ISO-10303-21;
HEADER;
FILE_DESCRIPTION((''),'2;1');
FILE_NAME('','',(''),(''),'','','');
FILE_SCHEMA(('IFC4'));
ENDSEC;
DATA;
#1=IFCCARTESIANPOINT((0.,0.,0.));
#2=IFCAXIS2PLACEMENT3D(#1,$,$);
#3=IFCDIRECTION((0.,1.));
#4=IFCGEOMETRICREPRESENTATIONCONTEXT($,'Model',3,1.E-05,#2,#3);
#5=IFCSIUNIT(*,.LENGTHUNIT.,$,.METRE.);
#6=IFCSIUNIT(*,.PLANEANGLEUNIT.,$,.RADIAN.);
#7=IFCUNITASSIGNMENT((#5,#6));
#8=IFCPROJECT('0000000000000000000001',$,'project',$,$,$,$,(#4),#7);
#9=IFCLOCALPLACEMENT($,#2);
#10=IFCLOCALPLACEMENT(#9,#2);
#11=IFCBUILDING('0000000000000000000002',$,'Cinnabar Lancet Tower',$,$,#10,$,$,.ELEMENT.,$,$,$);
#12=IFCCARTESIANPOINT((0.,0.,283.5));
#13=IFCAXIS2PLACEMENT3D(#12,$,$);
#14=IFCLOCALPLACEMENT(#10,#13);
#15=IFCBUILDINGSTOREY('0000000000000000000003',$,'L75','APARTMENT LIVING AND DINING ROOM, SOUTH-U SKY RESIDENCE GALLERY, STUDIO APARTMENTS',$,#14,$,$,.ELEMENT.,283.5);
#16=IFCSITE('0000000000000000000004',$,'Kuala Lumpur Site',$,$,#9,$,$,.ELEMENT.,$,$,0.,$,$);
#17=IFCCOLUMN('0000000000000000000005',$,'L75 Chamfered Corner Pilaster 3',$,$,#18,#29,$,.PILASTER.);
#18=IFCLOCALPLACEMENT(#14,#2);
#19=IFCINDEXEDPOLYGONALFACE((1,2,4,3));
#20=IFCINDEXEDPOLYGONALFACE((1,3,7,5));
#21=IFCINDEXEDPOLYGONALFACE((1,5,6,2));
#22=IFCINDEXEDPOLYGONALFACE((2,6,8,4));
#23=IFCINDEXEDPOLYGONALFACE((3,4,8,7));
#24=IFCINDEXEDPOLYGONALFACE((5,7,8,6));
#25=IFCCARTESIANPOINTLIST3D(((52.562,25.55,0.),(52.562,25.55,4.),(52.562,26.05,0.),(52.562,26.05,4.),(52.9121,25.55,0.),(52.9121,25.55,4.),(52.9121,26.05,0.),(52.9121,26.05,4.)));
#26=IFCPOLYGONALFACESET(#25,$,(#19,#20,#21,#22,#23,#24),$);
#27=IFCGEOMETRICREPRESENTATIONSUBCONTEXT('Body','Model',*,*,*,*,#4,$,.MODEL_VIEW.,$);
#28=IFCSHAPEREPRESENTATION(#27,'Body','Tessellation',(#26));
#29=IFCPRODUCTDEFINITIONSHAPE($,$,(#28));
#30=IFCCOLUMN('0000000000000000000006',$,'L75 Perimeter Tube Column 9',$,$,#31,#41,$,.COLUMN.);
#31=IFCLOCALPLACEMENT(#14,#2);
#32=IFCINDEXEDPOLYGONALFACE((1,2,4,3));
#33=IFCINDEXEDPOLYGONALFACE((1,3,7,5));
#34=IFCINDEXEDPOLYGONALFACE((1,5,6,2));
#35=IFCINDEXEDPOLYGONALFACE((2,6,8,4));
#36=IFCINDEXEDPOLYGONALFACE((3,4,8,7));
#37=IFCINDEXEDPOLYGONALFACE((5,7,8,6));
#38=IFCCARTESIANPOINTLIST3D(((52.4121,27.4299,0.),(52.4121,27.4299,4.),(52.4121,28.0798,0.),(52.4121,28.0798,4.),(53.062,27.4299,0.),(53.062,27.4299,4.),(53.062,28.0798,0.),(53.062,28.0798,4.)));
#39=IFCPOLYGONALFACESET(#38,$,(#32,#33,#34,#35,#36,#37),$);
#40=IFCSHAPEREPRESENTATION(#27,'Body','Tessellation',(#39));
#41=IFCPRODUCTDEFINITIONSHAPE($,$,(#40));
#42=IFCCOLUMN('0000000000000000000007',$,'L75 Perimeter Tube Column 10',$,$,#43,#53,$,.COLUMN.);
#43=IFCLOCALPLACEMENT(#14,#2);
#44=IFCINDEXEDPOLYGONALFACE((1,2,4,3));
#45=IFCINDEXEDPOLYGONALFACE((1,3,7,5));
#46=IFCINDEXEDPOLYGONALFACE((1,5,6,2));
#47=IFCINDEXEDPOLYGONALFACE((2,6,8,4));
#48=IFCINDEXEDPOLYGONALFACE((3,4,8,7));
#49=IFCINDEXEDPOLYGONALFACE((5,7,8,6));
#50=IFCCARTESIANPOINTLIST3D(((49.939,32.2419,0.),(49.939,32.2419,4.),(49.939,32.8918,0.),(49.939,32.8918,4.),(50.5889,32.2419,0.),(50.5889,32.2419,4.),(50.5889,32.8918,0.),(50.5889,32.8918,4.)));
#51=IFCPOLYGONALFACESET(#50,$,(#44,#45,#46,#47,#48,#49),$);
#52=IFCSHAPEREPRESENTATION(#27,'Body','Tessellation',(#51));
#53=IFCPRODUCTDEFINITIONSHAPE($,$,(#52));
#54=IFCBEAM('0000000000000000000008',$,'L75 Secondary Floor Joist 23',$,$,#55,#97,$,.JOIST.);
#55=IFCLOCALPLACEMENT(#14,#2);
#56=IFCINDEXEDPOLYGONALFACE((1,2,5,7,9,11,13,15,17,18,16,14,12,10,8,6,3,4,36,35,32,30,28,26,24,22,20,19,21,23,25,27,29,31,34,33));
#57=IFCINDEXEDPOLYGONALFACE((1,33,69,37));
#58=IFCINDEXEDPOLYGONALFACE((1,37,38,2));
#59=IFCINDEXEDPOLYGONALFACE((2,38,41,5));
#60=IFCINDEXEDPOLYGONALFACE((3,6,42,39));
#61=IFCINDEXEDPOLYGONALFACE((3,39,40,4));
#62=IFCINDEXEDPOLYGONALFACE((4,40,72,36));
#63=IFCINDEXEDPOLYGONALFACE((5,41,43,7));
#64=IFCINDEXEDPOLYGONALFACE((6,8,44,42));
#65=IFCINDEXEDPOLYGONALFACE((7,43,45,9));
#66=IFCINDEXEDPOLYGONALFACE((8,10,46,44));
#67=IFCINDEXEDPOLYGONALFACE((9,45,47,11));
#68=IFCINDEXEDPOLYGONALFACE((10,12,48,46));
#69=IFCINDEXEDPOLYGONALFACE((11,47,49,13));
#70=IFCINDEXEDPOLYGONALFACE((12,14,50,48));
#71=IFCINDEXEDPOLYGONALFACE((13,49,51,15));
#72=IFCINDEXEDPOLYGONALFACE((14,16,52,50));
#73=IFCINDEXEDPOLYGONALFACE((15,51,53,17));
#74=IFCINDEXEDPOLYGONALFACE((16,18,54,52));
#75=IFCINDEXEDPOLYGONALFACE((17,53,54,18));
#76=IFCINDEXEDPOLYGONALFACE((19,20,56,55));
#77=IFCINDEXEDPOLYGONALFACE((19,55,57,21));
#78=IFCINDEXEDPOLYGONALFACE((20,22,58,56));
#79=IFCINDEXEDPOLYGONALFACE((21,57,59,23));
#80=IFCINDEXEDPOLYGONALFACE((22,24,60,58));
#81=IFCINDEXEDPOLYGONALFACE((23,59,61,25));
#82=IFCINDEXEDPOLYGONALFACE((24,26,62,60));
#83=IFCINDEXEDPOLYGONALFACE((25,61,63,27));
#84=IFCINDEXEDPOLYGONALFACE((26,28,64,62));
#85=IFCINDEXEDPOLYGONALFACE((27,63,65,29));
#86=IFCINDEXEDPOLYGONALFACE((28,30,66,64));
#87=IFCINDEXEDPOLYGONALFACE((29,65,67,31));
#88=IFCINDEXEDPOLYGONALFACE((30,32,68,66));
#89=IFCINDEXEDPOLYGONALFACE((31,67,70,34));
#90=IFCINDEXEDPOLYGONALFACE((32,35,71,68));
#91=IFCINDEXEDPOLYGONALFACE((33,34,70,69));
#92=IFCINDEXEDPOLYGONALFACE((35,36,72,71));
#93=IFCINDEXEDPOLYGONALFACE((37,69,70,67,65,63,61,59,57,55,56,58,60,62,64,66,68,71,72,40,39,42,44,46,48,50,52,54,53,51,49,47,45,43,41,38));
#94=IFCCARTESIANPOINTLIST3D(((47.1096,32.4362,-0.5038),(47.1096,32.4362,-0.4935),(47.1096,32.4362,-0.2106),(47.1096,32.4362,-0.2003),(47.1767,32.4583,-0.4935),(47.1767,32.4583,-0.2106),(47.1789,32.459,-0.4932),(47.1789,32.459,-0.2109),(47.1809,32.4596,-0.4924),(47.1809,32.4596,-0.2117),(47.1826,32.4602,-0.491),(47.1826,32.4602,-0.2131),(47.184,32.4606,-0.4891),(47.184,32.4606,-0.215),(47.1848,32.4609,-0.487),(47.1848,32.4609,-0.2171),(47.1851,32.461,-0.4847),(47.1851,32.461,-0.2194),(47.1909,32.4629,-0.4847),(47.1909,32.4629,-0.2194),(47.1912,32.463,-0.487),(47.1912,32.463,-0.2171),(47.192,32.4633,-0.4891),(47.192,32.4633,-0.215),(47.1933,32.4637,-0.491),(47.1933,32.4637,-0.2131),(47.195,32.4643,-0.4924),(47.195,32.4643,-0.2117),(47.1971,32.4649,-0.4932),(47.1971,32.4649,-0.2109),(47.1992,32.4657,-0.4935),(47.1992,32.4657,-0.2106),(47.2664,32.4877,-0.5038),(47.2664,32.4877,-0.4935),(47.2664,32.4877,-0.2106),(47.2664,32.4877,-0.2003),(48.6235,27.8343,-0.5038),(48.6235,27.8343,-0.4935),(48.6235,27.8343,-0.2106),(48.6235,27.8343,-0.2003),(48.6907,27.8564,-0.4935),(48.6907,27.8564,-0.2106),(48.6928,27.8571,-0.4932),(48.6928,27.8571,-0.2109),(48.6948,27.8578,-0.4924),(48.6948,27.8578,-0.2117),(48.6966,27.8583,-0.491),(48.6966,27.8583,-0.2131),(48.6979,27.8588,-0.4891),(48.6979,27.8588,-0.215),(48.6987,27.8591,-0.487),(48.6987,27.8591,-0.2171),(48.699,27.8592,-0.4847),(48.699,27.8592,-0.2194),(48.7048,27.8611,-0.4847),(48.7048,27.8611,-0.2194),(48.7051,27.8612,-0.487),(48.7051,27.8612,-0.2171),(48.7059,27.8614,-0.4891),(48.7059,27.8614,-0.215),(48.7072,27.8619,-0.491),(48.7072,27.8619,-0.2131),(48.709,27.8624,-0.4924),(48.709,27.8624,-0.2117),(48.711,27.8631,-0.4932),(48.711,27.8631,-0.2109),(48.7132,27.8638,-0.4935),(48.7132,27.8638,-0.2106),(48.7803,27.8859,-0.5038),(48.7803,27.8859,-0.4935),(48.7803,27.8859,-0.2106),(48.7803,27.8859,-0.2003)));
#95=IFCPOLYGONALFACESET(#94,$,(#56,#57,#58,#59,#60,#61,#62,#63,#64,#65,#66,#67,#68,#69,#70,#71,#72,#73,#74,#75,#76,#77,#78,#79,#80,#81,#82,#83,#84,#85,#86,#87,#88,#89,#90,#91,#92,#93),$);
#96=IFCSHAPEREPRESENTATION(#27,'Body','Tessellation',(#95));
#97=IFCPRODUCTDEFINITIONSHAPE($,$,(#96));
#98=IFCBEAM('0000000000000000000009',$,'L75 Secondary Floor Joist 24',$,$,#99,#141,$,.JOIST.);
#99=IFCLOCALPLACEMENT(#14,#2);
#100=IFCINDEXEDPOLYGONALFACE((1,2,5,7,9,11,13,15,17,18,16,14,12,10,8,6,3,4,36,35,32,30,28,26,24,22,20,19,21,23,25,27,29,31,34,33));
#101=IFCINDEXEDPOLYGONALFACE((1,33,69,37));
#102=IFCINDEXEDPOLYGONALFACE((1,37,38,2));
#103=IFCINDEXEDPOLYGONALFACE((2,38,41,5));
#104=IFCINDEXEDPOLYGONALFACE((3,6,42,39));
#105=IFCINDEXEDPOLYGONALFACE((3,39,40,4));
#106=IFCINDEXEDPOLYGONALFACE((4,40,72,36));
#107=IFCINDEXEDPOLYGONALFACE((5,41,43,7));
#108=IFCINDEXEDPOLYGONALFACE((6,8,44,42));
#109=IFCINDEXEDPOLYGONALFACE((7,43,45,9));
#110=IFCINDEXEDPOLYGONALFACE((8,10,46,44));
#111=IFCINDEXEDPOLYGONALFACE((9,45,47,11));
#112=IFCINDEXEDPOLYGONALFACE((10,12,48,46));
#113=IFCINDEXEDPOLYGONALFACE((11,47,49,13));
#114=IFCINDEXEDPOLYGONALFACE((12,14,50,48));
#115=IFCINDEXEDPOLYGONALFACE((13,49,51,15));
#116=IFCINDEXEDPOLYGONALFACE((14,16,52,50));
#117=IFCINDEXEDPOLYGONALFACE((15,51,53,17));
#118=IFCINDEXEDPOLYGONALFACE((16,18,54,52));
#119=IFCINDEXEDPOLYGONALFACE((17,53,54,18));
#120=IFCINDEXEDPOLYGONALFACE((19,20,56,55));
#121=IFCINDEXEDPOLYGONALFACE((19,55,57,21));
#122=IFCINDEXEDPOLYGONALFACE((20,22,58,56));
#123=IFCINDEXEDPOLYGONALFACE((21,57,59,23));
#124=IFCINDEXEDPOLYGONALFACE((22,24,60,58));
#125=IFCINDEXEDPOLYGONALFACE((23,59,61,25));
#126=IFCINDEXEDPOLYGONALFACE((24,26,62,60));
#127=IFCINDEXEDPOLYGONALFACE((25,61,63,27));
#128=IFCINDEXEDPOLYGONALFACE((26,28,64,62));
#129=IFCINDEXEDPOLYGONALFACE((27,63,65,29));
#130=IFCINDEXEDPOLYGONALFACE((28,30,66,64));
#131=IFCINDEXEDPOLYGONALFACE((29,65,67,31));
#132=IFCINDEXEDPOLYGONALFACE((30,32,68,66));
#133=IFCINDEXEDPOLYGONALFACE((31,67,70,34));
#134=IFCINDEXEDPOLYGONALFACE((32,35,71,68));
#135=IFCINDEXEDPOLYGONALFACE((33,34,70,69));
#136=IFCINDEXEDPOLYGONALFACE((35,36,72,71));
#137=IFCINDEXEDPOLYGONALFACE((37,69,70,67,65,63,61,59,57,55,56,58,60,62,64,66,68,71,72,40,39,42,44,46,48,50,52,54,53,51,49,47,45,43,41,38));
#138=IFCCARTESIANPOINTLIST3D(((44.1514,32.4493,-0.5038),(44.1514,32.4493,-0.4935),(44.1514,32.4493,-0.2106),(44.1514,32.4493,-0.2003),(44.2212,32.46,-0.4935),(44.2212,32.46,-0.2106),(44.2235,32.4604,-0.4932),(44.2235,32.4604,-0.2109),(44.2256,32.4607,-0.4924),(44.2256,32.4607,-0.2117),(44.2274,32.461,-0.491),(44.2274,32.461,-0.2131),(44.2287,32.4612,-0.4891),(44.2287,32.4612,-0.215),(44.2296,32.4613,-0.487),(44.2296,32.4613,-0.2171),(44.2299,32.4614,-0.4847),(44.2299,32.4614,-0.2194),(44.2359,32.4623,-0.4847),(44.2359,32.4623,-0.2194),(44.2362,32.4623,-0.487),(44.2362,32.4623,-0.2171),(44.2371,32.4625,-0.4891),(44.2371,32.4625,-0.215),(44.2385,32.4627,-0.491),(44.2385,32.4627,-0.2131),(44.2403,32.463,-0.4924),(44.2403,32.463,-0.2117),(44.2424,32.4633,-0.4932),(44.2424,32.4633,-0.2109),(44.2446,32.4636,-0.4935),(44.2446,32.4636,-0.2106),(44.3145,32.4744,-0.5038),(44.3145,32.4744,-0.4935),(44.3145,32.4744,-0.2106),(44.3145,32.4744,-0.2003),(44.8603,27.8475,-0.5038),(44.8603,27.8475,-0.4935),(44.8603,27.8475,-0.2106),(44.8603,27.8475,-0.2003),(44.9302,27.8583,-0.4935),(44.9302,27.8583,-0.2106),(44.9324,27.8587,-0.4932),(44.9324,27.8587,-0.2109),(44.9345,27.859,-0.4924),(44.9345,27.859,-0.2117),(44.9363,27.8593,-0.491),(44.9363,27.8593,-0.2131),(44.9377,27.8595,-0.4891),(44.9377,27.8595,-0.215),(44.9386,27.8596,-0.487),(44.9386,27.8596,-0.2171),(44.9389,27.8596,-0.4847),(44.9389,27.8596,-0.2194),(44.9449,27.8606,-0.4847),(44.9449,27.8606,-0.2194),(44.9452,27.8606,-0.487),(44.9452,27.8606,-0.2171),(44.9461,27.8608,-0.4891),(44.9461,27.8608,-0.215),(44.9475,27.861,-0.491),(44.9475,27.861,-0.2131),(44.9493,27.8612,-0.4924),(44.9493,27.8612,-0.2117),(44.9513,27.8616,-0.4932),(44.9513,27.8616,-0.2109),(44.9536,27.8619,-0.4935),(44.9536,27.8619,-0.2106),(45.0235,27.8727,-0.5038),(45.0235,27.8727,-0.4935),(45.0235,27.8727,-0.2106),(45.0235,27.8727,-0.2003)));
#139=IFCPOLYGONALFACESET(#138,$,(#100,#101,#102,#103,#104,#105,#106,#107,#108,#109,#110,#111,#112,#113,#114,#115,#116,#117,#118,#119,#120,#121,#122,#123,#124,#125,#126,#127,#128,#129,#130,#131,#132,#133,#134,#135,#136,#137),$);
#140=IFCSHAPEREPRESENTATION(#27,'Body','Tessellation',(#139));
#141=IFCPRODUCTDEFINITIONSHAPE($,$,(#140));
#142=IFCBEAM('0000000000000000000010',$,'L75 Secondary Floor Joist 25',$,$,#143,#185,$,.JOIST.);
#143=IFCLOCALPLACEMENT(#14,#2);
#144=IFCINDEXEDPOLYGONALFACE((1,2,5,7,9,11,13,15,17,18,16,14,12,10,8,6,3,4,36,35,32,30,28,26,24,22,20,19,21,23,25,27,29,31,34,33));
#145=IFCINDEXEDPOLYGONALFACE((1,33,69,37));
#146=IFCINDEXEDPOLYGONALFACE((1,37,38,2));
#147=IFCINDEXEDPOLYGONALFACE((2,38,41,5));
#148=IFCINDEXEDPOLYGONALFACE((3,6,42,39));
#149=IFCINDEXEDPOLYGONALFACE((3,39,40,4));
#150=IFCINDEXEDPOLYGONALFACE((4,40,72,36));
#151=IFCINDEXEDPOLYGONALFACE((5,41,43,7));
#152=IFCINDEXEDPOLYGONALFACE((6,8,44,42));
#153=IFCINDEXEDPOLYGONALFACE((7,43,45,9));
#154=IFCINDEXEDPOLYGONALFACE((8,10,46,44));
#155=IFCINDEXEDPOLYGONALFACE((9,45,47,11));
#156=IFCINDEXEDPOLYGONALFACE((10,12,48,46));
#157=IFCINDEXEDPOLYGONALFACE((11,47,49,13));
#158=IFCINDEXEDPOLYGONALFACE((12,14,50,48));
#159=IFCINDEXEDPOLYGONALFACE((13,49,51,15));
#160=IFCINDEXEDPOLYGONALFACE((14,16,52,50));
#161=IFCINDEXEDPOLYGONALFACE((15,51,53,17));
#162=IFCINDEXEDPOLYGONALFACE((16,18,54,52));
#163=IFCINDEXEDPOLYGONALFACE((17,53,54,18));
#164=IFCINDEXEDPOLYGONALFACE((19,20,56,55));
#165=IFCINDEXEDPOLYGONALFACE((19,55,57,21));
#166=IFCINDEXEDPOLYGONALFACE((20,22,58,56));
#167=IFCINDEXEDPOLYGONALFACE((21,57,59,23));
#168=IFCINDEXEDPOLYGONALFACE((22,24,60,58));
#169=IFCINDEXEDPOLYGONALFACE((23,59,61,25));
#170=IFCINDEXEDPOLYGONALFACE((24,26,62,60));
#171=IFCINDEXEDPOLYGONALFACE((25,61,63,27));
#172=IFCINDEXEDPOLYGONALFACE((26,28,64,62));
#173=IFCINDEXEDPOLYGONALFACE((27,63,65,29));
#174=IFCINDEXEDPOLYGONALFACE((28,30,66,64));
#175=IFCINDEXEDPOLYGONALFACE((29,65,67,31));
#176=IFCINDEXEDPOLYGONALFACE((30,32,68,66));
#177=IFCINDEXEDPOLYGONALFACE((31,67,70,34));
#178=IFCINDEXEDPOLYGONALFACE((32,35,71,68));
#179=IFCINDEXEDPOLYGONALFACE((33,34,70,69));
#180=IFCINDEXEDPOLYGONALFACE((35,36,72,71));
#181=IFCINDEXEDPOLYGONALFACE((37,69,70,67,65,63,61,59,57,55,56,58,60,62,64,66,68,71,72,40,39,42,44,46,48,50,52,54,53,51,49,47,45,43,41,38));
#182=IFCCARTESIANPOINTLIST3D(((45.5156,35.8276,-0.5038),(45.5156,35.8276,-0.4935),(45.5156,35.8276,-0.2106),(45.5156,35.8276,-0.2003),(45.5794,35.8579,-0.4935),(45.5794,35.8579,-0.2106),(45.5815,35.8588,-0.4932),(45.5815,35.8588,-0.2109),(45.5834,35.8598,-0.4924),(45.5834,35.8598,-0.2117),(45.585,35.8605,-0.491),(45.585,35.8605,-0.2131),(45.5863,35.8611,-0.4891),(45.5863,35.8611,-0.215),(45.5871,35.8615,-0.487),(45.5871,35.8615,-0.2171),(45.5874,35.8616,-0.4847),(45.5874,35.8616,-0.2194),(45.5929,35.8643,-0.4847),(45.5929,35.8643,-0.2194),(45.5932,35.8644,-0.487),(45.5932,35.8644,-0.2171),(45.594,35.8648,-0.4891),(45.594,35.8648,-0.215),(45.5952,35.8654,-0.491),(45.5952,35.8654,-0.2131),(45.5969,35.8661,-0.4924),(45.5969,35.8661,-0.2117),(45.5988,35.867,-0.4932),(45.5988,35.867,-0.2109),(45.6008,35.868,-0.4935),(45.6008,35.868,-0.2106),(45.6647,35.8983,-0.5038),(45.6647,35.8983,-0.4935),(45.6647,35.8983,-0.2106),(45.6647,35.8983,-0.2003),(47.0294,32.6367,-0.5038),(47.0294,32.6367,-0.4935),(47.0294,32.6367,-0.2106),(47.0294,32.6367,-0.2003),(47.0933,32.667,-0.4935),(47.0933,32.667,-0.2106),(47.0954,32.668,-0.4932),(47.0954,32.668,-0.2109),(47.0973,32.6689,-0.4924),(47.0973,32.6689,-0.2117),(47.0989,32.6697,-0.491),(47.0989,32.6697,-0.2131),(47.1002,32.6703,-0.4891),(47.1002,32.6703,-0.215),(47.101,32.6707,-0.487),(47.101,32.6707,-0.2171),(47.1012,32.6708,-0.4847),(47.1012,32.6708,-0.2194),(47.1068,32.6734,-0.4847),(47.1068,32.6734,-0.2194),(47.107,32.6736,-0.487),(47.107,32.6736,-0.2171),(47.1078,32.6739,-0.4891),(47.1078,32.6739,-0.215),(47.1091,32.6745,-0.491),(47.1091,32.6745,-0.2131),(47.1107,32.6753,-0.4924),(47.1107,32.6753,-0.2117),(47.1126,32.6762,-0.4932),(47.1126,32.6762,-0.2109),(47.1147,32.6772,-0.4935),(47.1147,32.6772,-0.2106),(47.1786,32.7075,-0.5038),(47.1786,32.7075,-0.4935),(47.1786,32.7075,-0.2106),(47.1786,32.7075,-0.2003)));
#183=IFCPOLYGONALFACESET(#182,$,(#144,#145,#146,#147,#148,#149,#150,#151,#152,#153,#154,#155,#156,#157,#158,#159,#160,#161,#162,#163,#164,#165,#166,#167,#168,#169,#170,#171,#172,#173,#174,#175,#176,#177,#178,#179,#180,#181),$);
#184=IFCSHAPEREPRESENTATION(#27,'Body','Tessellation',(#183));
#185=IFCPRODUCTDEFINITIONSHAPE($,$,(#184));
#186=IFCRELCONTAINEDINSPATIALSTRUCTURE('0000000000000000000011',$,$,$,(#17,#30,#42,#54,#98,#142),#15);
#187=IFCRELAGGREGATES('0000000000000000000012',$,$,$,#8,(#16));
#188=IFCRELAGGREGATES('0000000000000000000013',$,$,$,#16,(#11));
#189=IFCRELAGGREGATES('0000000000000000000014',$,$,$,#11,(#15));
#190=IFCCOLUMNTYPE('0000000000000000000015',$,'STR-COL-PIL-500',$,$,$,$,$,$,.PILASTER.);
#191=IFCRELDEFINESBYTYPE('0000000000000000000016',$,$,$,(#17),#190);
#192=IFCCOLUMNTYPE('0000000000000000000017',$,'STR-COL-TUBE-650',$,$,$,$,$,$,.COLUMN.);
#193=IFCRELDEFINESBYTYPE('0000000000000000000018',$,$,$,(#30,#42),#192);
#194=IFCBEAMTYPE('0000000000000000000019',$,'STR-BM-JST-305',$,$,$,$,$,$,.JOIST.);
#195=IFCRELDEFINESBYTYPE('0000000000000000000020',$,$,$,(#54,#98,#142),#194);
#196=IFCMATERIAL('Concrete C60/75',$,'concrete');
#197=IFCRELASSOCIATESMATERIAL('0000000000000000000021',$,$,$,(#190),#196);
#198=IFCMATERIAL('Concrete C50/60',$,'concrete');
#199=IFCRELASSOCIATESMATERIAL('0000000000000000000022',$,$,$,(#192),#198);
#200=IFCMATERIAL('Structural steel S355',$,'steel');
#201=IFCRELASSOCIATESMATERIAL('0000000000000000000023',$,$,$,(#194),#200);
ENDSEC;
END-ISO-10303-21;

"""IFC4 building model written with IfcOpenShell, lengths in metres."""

from ifc_helpers import new_model, si_unit, direction, frame, origin, origin_2d, place, context, subcontext, project, spatial, rectangle, i_section, extrude, material, material_profile, profile_set, type_object, element, save


model = new_model("IFC4")

# Units and contexts
model_context = context("Model", 3, precision=1e-05, world=origin(), true_north=direction((0.0, 1.0)))
body_context = subcontext(model_context, "Body", "Model", "MODEL_VIEW")
ifc_project = project(units=[si_unit("LENGTHUNIT", "METRE"), si_unit("PLANEANGLEUNIT", "RADIAN")], contexts=[model_context])

# Site, building, storey
site_placement = place(None, origin())
site = spatial("IfcSite", under=ifc_project, at=site_placement, Name="Kuala Lumpur Site", CompositionType="ELEMENT", RefElevation=0.0)
building_placement = place(site_placement, origin())
building = spatial("IfcBuilding", under=site, at=building_placement, Name="Cinnabar Lancet Tower", CompositionType="ELEMENT")
storey_placement = place(building_placement, frame((0.0, 0.0, 283.5)))
storey = spatial("IfcBuildingStorey", under=building, at=storey_placement, Name="L75", Description="APARTMENT LIVING AND DINING ROOM, SOUTH-U SKY RESIDENCE GALLERY, STUDIO APARTMENTS", CompositionType="ELEMENT", Elevation=283.5)

# Columns
ifc_material_1 = material(Name="Concrete C60/75", Category="concrete")
ifc_material_profile_1 = material_profile(ifc_material_1, rectangle(XDim=0.5, YDim=0.3501, at=origin_2d()), Name="RC-PIL 500x350")
ifc_profile_set_1 = profile_set([ifc_material_profile_1], Name="Concrete C60/75")
column_type_1 = type_object("IfcColumnType", Name="STR-COL-PIL-500", PredefinedType="PILASTER", material=ifc_profile_set_1)
column_placement = place(storey_placement, frame((52.7371, 25.8, 0.0), z_axis=(0.0, 0.0, 1.0), x_axis=(0.0, 1.0, 0.0)))
element("IfcColumn", 1, at=column_placement, inside=storey, type_object=column_type_1, Name="L75 Chamfered Corner Pilaster 3", PredefinedType="PILASTER", context=body_context, shape_type="SweptSolid", body=[
    extrude(rectangle(XDim=0.5, YDim=0.3501, at=origin_2d()), origin(), (0.0, 0.0, 1.0), 4.0),
])
ifc_material_2 = material(Name="Concrete C50/60", Category="concrete")
ifc_material_profile_2 = material_profile(ifc_material_2, rectangle(XDim=0.6499, YDim=0.6499, at=origin_2d()), Name="RC-COL 650x650")
ifc_profile_set_2 = profile_set([ifc_material_profile_2], Name="Concrete C50/60")
column_type_2 = type_object("IfcColumnType", Name="STR-COL-TUBE-650", PredefinedType="COLUMN", material=ifc_profile_set_2)
for number, where, z_axis, x_axis, name in (
    (2, (52.7371, 27.7549, 0.0), (0.0, 0.0, 1.0), (1.0, 0.0, 0.0), "L75 Perimeter Tube Column 9"),
    (3, (50.2639, 32.5669, 0.0), (0.0, 0.0, 1.0), (1.0, 0.0, 0.0), "L75 Perimeter Tube Column 10"),
):
    element("IfcColumn", number, at=place(storey_placement, frame(where, z_axis=z_axis, x_axis=x_axis)), inside=storey, type_object=column_type_2, Name=name, PredefinedType="COLUMN", context=body_context, shape_type="SweptSolid", body=[
        extrude(rectangle(XDim=0.6499, YDim=0.6499, at=origin_2d()), origin(), (0.0, 0.0, 1.0), 4.0),
    ])

# Beams
ifc_material_3 = material(Name="Structural steel S355", Category="steel")
ifc_material_profile_3 = material_profile(ifc_material_3, i_section(OverallWidth=0.165, OverallDepth=0.3035, WebThickness=0.0061, FlangeThickness=0.0103, FilletRadius=0.0088, at=origin_2d()), Name="UKB 305x165x40")
ifc_profile_set_3 = profile_set([ifc_material_profile_3], Name="Structural steel S355")
beam_type_1 = type_object("IfcBeamType", Name="STR-BM-JST-305", PredefinedType="JOIST", material=ifc_profile_set_3)
beam_1_placement = place(storey_placement, frame((48.7019, 27.8601, -0.3521), z_axis=(-0.312506, 0.949916, 0.0), x_axis=(-0.949916, -0.312506, 0.0)))
element("IfcBeam", 4, at=beam_1_placement, inside=storey, type_object=beam_type_1, Name="L75 Secondary Floor Joist 23", PredefinedType="JOIST", context=body_context, shape_type="SweptSolid", body=[
    extrude(i_section(OverallWidth=0.165, OverallDepth=0.3035, WebThickness=0.0061, FlangeThickness=0.0103, FilletRadius=0.0088, at=origin_2d()), origin(), (0.0, 0.0, 1.0), 4.8445),
])
beam_2_placement = place(storey_placement, frame((44.9419, 27.8601, -0.3521), z_axis=(-0.15227, 0.988339, 0.0), x_axis=(-0.988339, -0.15227, 0.0)))
element("IfcBeam", 5, at=beam_2_placement, inside=storey, type_object=beam_type_1, Name="L75 Secondary Floor Joist 24", PredefinedType="JOIST", context=body_context, shape_type="SweptSolid", body=[
    extrude(i_section(OverallWidth=0.165, OverallDepth=0.3035, WebThickness=0.0061, FlangeThickness=0.0103, FilletRadius=0.0088, at=origin_2d()), origin(), (0.0, 0.0, 1.0), 4.656),
])
beam_3_placement = place(storey_placement, frame((47.104, 32.6721, -0.3521), z_axis=(-0.428648, 0.903472, 0.0), x_axis=(-0.903472, -0.428648, 0.0)))
element("IfcBeam", 6, at=beam_3_placement, inside=storey, type_object=beam_type_1, Name="L75 Secondary Floor Joist 25", PredefinedType="JOIST", context=body_context, shape_type="SweptSolid", body=[
    extrude(i_section(OverallWidth=0.165, OverallDepth=0.3035, WebThickness=0.0061, FlangeThickness=0.0103, FilletRadius=0.0088, at=origin_2d()), origin(), (0.0, 0.0, 1.0), 3.5317),
])

save(model, "model.ifc")
